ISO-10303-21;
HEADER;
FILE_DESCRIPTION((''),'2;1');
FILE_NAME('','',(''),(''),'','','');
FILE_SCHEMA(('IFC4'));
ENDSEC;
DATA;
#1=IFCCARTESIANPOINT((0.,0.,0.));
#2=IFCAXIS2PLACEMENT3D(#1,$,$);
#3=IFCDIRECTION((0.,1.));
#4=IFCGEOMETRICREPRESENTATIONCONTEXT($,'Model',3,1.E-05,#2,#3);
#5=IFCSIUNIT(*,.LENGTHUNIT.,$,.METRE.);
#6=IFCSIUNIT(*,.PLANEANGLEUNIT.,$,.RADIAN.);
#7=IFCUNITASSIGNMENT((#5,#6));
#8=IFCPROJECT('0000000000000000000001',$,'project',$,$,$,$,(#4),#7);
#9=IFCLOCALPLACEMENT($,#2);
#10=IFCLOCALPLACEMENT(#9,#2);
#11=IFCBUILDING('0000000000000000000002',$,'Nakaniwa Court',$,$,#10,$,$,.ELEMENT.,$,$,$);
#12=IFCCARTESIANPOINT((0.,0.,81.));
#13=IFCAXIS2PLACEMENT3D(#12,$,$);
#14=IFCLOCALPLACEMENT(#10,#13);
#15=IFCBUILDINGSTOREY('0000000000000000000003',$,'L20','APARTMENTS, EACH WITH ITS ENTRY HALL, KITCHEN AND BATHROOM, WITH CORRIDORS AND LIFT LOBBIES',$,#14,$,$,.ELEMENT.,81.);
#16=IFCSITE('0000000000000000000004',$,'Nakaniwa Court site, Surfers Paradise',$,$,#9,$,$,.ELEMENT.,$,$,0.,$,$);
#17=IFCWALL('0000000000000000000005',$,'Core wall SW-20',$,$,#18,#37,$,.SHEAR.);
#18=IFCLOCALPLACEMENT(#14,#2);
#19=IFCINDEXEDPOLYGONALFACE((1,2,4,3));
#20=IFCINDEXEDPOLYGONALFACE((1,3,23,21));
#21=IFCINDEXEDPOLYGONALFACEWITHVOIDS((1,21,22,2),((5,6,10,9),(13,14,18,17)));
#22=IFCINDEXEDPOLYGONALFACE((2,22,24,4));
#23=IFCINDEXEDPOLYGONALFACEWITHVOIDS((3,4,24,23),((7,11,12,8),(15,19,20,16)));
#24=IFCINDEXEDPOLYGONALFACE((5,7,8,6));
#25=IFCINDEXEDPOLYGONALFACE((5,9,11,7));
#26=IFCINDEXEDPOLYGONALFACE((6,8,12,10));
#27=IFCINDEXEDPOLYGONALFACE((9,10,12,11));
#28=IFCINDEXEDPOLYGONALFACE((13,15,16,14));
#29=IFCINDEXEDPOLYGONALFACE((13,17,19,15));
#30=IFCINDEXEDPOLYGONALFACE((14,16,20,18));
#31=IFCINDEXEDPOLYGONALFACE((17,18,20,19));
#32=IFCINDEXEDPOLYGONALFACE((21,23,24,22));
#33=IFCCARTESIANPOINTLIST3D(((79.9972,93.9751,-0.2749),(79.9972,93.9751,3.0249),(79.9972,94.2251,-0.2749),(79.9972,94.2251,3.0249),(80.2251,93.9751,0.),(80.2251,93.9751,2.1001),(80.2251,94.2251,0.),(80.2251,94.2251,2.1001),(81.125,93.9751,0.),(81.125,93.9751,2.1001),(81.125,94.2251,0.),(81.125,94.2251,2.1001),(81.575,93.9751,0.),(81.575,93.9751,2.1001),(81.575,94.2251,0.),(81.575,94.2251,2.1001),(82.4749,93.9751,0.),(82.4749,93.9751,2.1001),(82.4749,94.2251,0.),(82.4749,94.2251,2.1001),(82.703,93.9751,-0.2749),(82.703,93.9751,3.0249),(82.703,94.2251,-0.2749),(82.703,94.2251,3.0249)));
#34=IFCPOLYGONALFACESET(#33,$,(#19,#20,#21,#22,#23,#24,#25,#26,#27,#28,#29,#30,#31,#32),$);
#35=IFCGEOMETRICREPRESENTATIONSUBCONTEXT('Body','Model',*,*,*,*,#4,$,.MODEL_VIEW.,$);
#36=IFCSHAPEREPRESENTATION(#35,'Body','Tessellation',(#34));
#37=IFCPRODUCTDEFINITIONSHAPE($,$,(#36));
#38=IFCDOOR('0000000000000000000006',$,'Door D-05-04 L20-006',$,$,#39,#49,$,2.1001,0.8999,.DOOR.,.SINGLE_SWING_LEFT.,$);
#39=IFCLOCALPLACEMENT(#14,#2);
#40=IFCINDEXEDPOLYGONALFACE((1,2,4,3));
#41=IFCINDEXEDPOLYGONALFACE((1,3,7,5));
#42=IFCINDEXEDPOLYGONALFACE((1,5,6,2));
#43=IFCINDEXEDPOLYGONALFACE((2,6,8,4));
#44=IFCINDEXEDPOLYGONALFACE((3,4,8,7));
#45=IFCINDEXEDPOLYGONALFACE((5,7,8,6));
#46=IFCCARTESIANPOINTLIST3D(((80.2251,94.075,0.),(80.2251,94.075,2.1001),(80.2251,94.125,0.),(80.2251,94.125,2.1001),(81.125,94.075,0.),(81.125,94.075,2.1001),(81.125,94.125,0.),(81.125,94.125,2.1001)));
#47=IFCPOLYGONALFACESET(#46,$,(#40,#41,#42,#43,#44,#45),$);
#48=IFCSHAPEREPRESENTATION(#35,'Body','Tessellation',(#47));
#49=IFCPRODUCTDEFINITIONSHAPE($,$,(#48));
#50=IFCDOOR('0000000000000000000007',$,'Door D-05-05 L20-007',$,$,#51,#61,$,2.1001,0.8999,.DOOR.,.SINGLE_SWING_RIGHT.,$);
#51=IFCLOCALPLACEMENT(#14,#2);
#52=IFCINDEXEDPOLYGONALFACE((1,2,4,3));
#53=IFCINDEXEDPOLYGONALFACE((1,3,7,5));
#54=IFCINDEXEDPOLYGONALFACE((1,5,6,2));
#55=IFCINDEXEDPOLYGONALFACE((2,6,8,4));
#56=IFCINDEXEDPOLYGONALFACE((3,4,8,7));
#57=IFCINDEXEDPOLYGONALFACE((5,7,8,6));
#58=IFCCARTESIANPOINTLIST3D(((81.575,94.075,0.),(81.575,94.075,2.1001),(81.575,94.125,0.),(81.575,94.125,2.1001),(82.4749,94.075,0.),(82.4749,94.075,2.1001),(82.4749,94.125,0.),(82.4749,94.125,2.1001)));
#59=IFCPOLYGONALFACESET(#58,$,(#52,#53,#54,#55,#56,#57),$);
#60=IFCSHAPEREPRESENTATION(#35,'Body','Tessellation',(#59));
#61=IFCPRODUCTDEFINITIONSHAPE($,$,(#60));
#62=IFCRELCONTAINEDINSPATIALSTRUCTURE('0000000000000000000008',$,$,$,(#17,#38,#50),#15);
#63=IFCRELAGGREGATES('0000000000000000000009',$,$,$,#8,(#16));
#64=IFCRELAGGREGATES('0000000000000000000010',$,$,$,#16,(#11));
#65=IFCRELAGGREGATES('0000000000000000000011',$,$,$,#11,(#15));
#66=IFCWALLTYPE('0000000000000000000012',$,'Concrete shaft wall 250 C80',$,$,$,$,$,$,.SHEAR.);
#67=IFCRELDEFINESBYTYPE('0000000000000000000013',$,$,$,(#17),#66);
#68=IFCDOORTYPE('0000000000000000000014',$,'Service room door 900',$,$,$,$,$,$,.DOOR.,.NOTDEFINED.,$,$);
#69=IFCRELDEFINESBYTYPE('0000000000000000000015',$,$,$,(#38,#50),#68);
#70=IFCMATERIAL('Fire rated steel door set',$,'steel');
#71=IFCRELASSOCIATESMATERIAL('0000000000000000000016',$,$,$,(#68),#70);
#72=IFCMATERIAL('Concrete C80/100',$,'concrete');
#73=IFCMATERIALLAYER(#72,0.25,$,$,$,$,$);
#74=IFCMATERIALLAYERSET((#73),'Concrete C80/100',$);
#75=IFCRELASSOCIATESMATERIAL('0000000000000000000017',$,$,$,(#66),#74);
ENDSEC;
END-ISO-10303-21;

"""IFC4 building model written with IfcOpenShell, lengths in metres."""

from ifc_helpers import new_model, si_unit, direction, frame, frame_2d, origin, place, context, subcontext, project, spatial, rectangle, extrude, material, layer, layer_set, type_object, element, fill, save


model = new_model("IFC4")

# Units and contexts
model_context = context("Model", 3, precision=1e-05, world=origin(), true_north=direction((0.0, 1.0)))
body_context = subcontext(model_context, "Body", "Model", "MODEL_VIEW")
ifc_project = project(units=[si_unit("LENGTHUNIT", "METRE"), si_unit("PLANEANGLEUNIT", "RADIAN")], contexts=[model_context])

# Site, building, storey
site_placement = place(None, origin())
site = spatial("IfcSite", under=ifc_project, at=site_placement, Name="Nakaniwa Court site, Surfers Paradise", CompositionType="ELEMENT", RefElevation=0.0)
building_placement = place(site_placement, origin())
building = spatial("IfcBuilding", under=site, at=building_placement, Name="Nakaniwa Court", CompositionType="ELEMENT")
storey_placement = place(building_placement, frame((0.0, 0.0, 81.0)))
storey = spatial("IfcBuildingStorey", under=building, at=storey_placement, Name="L20", Description="APARTMENTS, EACH WITH ITS ENTRY HALL, KITCHEN AND BATHROOM, WITH CORRIDORS AND LIFT LOBBIES", CompositionType="ELEMENT", Elevation=81.0)

# Shared definitions
ifc_material_1 = material(Name="Fire rated steel door set", Category="steel")
door_type_1 = type_object("IfcDoorType", Name="Service room door 900", OperationType="NOTDEFINED", PredefinedType="DOOR", material=ifc_material_1)

# Shared definitions
ifc_material_2 = material(Name="Concrete C80/100", Category="concrete")

# Shared definitions
ifc_layer_1 = layer(ifc_material_2, 0.25)
ifc_layer_set_1 = layer_set([ifc_layer_1], Name="Concrete C80/100")
wall_type_1 = type_object("IfcWallType", Name="Concrete shaft wall 250 C80", PredefinedType="SHEAR", material=ifc_layer_set_1)

# Wall, openings, doors
wall_1_placement = place(storey_placement, frame((79.9971, 94.1001, -0.2749), z_axis=(0.0, 0.0, 1.0), x_axis=(1.0, 0.0, 0.0)))
wall_1 = element("IfcWall", 1, at=wall_1_placement, inside=storey, type_object=wall_type_1, Name="Core wall SW-20", PredefinedType="SHEAR", context=body_context, shape_type="SweptSolid", body=[
    extrude(rectangle(XDim=2.7058, YDim=0.25, at=frame_2d((1.353, 0.0))), origin(), (0.0, 0.0, 1.0), 3.2998),
])
opening_1_placement = place(wall_1_placement, frame((0.228, 0.0, 0.2749)))
opening_1 = element("IfcOpeningElement", 2, at=opening_1_placement, cuts=wall_1, PredefinedType="OPENING", context=body_context, shape_type="SweptSolid", body=[
    extrude(rectangle(XDim=0.8999, YDim=2.1001, at=frame_2d((0.45, 1.05))), frame((0.0, 0.135, 0.0), z_axis=(0.0, -1.0, 0.0), x_axis=(1.0, 0.0, 0.0)), (0.0, 0.0, 1.0), 0.27),
])
opening_2_placement = place(wall_1_placement, frame((1.5779, 0.0, 0.2749)))
opening_2 = element("IfcOpeningElement", 3, at=opening_2_placement, cuts=wall_1, PredefinedType="OPENING", context=body_context, shape_type="SweptSolid", body=[
    extrude(rectangle(XDim=0.8999, YDim=2.1001, at=frame_2d((0.45, 1.05))), frame((0.0, 0.135, 0.0), z_axis=(0.0, -1.0, 0.0), x_axis=(1.0, 0.0, 0.0)), (0.0, 0.0, 1.0), 0.27),
])
door_1_placement = place(opening_1_placement, origin())
door_1 = element("IfcDoor", 4, at=door_1_placement, inside=storey, type_object=door_type_1, Name="Door D-05-04 L20-006", OperationType="SINGLE_SWING_LEFT", OverallHeight=2.1001, OverallWidth=0.8999, PredefinedType="DOOR", context=body_context, shape_type="SweptSolid", body=[
    extrude(rectangle(XDim=0.8999, YDim=2.1001, at=frame_2d((0.45, 1.05))), frame((0.0, 0.0249, 0.0), z_axis=(0.0, -1.0, 0.0), x_axis=(1.0, 0.0, 0.0)), (0.0, 0.0, 1.0), 0.05),
])
fill(opening_1, door_1)
door_2_placement = place(opening_2_placement, origin())
door_2 = element("IfcDoor", 5, at=door_2_placement, inside=storey, type_object=door_type_1, Name="Door D-05-05 L20-007", OperationType="SINGLE_SWING_RIGHT", OverallHeight=2.1001, OverallWidth=0.8999, PredefinedType="DOOR", context=body_context, shape_type="SweptSolid", body=[
    extrude(rectangle(XDim=0.8999, YDim=2.1001, at=frame_2d((0.45, 1.05))), frame((0.0, 0.0249, 0.0), z_axis=(0.0, -1.0, 0.0), x_axis=(1.0, 0.0, 0.0)), (0.0, 0.0, 1.0), 0.05),
])
fill(opening_2, door_2)

save(model, "model.ifc")
